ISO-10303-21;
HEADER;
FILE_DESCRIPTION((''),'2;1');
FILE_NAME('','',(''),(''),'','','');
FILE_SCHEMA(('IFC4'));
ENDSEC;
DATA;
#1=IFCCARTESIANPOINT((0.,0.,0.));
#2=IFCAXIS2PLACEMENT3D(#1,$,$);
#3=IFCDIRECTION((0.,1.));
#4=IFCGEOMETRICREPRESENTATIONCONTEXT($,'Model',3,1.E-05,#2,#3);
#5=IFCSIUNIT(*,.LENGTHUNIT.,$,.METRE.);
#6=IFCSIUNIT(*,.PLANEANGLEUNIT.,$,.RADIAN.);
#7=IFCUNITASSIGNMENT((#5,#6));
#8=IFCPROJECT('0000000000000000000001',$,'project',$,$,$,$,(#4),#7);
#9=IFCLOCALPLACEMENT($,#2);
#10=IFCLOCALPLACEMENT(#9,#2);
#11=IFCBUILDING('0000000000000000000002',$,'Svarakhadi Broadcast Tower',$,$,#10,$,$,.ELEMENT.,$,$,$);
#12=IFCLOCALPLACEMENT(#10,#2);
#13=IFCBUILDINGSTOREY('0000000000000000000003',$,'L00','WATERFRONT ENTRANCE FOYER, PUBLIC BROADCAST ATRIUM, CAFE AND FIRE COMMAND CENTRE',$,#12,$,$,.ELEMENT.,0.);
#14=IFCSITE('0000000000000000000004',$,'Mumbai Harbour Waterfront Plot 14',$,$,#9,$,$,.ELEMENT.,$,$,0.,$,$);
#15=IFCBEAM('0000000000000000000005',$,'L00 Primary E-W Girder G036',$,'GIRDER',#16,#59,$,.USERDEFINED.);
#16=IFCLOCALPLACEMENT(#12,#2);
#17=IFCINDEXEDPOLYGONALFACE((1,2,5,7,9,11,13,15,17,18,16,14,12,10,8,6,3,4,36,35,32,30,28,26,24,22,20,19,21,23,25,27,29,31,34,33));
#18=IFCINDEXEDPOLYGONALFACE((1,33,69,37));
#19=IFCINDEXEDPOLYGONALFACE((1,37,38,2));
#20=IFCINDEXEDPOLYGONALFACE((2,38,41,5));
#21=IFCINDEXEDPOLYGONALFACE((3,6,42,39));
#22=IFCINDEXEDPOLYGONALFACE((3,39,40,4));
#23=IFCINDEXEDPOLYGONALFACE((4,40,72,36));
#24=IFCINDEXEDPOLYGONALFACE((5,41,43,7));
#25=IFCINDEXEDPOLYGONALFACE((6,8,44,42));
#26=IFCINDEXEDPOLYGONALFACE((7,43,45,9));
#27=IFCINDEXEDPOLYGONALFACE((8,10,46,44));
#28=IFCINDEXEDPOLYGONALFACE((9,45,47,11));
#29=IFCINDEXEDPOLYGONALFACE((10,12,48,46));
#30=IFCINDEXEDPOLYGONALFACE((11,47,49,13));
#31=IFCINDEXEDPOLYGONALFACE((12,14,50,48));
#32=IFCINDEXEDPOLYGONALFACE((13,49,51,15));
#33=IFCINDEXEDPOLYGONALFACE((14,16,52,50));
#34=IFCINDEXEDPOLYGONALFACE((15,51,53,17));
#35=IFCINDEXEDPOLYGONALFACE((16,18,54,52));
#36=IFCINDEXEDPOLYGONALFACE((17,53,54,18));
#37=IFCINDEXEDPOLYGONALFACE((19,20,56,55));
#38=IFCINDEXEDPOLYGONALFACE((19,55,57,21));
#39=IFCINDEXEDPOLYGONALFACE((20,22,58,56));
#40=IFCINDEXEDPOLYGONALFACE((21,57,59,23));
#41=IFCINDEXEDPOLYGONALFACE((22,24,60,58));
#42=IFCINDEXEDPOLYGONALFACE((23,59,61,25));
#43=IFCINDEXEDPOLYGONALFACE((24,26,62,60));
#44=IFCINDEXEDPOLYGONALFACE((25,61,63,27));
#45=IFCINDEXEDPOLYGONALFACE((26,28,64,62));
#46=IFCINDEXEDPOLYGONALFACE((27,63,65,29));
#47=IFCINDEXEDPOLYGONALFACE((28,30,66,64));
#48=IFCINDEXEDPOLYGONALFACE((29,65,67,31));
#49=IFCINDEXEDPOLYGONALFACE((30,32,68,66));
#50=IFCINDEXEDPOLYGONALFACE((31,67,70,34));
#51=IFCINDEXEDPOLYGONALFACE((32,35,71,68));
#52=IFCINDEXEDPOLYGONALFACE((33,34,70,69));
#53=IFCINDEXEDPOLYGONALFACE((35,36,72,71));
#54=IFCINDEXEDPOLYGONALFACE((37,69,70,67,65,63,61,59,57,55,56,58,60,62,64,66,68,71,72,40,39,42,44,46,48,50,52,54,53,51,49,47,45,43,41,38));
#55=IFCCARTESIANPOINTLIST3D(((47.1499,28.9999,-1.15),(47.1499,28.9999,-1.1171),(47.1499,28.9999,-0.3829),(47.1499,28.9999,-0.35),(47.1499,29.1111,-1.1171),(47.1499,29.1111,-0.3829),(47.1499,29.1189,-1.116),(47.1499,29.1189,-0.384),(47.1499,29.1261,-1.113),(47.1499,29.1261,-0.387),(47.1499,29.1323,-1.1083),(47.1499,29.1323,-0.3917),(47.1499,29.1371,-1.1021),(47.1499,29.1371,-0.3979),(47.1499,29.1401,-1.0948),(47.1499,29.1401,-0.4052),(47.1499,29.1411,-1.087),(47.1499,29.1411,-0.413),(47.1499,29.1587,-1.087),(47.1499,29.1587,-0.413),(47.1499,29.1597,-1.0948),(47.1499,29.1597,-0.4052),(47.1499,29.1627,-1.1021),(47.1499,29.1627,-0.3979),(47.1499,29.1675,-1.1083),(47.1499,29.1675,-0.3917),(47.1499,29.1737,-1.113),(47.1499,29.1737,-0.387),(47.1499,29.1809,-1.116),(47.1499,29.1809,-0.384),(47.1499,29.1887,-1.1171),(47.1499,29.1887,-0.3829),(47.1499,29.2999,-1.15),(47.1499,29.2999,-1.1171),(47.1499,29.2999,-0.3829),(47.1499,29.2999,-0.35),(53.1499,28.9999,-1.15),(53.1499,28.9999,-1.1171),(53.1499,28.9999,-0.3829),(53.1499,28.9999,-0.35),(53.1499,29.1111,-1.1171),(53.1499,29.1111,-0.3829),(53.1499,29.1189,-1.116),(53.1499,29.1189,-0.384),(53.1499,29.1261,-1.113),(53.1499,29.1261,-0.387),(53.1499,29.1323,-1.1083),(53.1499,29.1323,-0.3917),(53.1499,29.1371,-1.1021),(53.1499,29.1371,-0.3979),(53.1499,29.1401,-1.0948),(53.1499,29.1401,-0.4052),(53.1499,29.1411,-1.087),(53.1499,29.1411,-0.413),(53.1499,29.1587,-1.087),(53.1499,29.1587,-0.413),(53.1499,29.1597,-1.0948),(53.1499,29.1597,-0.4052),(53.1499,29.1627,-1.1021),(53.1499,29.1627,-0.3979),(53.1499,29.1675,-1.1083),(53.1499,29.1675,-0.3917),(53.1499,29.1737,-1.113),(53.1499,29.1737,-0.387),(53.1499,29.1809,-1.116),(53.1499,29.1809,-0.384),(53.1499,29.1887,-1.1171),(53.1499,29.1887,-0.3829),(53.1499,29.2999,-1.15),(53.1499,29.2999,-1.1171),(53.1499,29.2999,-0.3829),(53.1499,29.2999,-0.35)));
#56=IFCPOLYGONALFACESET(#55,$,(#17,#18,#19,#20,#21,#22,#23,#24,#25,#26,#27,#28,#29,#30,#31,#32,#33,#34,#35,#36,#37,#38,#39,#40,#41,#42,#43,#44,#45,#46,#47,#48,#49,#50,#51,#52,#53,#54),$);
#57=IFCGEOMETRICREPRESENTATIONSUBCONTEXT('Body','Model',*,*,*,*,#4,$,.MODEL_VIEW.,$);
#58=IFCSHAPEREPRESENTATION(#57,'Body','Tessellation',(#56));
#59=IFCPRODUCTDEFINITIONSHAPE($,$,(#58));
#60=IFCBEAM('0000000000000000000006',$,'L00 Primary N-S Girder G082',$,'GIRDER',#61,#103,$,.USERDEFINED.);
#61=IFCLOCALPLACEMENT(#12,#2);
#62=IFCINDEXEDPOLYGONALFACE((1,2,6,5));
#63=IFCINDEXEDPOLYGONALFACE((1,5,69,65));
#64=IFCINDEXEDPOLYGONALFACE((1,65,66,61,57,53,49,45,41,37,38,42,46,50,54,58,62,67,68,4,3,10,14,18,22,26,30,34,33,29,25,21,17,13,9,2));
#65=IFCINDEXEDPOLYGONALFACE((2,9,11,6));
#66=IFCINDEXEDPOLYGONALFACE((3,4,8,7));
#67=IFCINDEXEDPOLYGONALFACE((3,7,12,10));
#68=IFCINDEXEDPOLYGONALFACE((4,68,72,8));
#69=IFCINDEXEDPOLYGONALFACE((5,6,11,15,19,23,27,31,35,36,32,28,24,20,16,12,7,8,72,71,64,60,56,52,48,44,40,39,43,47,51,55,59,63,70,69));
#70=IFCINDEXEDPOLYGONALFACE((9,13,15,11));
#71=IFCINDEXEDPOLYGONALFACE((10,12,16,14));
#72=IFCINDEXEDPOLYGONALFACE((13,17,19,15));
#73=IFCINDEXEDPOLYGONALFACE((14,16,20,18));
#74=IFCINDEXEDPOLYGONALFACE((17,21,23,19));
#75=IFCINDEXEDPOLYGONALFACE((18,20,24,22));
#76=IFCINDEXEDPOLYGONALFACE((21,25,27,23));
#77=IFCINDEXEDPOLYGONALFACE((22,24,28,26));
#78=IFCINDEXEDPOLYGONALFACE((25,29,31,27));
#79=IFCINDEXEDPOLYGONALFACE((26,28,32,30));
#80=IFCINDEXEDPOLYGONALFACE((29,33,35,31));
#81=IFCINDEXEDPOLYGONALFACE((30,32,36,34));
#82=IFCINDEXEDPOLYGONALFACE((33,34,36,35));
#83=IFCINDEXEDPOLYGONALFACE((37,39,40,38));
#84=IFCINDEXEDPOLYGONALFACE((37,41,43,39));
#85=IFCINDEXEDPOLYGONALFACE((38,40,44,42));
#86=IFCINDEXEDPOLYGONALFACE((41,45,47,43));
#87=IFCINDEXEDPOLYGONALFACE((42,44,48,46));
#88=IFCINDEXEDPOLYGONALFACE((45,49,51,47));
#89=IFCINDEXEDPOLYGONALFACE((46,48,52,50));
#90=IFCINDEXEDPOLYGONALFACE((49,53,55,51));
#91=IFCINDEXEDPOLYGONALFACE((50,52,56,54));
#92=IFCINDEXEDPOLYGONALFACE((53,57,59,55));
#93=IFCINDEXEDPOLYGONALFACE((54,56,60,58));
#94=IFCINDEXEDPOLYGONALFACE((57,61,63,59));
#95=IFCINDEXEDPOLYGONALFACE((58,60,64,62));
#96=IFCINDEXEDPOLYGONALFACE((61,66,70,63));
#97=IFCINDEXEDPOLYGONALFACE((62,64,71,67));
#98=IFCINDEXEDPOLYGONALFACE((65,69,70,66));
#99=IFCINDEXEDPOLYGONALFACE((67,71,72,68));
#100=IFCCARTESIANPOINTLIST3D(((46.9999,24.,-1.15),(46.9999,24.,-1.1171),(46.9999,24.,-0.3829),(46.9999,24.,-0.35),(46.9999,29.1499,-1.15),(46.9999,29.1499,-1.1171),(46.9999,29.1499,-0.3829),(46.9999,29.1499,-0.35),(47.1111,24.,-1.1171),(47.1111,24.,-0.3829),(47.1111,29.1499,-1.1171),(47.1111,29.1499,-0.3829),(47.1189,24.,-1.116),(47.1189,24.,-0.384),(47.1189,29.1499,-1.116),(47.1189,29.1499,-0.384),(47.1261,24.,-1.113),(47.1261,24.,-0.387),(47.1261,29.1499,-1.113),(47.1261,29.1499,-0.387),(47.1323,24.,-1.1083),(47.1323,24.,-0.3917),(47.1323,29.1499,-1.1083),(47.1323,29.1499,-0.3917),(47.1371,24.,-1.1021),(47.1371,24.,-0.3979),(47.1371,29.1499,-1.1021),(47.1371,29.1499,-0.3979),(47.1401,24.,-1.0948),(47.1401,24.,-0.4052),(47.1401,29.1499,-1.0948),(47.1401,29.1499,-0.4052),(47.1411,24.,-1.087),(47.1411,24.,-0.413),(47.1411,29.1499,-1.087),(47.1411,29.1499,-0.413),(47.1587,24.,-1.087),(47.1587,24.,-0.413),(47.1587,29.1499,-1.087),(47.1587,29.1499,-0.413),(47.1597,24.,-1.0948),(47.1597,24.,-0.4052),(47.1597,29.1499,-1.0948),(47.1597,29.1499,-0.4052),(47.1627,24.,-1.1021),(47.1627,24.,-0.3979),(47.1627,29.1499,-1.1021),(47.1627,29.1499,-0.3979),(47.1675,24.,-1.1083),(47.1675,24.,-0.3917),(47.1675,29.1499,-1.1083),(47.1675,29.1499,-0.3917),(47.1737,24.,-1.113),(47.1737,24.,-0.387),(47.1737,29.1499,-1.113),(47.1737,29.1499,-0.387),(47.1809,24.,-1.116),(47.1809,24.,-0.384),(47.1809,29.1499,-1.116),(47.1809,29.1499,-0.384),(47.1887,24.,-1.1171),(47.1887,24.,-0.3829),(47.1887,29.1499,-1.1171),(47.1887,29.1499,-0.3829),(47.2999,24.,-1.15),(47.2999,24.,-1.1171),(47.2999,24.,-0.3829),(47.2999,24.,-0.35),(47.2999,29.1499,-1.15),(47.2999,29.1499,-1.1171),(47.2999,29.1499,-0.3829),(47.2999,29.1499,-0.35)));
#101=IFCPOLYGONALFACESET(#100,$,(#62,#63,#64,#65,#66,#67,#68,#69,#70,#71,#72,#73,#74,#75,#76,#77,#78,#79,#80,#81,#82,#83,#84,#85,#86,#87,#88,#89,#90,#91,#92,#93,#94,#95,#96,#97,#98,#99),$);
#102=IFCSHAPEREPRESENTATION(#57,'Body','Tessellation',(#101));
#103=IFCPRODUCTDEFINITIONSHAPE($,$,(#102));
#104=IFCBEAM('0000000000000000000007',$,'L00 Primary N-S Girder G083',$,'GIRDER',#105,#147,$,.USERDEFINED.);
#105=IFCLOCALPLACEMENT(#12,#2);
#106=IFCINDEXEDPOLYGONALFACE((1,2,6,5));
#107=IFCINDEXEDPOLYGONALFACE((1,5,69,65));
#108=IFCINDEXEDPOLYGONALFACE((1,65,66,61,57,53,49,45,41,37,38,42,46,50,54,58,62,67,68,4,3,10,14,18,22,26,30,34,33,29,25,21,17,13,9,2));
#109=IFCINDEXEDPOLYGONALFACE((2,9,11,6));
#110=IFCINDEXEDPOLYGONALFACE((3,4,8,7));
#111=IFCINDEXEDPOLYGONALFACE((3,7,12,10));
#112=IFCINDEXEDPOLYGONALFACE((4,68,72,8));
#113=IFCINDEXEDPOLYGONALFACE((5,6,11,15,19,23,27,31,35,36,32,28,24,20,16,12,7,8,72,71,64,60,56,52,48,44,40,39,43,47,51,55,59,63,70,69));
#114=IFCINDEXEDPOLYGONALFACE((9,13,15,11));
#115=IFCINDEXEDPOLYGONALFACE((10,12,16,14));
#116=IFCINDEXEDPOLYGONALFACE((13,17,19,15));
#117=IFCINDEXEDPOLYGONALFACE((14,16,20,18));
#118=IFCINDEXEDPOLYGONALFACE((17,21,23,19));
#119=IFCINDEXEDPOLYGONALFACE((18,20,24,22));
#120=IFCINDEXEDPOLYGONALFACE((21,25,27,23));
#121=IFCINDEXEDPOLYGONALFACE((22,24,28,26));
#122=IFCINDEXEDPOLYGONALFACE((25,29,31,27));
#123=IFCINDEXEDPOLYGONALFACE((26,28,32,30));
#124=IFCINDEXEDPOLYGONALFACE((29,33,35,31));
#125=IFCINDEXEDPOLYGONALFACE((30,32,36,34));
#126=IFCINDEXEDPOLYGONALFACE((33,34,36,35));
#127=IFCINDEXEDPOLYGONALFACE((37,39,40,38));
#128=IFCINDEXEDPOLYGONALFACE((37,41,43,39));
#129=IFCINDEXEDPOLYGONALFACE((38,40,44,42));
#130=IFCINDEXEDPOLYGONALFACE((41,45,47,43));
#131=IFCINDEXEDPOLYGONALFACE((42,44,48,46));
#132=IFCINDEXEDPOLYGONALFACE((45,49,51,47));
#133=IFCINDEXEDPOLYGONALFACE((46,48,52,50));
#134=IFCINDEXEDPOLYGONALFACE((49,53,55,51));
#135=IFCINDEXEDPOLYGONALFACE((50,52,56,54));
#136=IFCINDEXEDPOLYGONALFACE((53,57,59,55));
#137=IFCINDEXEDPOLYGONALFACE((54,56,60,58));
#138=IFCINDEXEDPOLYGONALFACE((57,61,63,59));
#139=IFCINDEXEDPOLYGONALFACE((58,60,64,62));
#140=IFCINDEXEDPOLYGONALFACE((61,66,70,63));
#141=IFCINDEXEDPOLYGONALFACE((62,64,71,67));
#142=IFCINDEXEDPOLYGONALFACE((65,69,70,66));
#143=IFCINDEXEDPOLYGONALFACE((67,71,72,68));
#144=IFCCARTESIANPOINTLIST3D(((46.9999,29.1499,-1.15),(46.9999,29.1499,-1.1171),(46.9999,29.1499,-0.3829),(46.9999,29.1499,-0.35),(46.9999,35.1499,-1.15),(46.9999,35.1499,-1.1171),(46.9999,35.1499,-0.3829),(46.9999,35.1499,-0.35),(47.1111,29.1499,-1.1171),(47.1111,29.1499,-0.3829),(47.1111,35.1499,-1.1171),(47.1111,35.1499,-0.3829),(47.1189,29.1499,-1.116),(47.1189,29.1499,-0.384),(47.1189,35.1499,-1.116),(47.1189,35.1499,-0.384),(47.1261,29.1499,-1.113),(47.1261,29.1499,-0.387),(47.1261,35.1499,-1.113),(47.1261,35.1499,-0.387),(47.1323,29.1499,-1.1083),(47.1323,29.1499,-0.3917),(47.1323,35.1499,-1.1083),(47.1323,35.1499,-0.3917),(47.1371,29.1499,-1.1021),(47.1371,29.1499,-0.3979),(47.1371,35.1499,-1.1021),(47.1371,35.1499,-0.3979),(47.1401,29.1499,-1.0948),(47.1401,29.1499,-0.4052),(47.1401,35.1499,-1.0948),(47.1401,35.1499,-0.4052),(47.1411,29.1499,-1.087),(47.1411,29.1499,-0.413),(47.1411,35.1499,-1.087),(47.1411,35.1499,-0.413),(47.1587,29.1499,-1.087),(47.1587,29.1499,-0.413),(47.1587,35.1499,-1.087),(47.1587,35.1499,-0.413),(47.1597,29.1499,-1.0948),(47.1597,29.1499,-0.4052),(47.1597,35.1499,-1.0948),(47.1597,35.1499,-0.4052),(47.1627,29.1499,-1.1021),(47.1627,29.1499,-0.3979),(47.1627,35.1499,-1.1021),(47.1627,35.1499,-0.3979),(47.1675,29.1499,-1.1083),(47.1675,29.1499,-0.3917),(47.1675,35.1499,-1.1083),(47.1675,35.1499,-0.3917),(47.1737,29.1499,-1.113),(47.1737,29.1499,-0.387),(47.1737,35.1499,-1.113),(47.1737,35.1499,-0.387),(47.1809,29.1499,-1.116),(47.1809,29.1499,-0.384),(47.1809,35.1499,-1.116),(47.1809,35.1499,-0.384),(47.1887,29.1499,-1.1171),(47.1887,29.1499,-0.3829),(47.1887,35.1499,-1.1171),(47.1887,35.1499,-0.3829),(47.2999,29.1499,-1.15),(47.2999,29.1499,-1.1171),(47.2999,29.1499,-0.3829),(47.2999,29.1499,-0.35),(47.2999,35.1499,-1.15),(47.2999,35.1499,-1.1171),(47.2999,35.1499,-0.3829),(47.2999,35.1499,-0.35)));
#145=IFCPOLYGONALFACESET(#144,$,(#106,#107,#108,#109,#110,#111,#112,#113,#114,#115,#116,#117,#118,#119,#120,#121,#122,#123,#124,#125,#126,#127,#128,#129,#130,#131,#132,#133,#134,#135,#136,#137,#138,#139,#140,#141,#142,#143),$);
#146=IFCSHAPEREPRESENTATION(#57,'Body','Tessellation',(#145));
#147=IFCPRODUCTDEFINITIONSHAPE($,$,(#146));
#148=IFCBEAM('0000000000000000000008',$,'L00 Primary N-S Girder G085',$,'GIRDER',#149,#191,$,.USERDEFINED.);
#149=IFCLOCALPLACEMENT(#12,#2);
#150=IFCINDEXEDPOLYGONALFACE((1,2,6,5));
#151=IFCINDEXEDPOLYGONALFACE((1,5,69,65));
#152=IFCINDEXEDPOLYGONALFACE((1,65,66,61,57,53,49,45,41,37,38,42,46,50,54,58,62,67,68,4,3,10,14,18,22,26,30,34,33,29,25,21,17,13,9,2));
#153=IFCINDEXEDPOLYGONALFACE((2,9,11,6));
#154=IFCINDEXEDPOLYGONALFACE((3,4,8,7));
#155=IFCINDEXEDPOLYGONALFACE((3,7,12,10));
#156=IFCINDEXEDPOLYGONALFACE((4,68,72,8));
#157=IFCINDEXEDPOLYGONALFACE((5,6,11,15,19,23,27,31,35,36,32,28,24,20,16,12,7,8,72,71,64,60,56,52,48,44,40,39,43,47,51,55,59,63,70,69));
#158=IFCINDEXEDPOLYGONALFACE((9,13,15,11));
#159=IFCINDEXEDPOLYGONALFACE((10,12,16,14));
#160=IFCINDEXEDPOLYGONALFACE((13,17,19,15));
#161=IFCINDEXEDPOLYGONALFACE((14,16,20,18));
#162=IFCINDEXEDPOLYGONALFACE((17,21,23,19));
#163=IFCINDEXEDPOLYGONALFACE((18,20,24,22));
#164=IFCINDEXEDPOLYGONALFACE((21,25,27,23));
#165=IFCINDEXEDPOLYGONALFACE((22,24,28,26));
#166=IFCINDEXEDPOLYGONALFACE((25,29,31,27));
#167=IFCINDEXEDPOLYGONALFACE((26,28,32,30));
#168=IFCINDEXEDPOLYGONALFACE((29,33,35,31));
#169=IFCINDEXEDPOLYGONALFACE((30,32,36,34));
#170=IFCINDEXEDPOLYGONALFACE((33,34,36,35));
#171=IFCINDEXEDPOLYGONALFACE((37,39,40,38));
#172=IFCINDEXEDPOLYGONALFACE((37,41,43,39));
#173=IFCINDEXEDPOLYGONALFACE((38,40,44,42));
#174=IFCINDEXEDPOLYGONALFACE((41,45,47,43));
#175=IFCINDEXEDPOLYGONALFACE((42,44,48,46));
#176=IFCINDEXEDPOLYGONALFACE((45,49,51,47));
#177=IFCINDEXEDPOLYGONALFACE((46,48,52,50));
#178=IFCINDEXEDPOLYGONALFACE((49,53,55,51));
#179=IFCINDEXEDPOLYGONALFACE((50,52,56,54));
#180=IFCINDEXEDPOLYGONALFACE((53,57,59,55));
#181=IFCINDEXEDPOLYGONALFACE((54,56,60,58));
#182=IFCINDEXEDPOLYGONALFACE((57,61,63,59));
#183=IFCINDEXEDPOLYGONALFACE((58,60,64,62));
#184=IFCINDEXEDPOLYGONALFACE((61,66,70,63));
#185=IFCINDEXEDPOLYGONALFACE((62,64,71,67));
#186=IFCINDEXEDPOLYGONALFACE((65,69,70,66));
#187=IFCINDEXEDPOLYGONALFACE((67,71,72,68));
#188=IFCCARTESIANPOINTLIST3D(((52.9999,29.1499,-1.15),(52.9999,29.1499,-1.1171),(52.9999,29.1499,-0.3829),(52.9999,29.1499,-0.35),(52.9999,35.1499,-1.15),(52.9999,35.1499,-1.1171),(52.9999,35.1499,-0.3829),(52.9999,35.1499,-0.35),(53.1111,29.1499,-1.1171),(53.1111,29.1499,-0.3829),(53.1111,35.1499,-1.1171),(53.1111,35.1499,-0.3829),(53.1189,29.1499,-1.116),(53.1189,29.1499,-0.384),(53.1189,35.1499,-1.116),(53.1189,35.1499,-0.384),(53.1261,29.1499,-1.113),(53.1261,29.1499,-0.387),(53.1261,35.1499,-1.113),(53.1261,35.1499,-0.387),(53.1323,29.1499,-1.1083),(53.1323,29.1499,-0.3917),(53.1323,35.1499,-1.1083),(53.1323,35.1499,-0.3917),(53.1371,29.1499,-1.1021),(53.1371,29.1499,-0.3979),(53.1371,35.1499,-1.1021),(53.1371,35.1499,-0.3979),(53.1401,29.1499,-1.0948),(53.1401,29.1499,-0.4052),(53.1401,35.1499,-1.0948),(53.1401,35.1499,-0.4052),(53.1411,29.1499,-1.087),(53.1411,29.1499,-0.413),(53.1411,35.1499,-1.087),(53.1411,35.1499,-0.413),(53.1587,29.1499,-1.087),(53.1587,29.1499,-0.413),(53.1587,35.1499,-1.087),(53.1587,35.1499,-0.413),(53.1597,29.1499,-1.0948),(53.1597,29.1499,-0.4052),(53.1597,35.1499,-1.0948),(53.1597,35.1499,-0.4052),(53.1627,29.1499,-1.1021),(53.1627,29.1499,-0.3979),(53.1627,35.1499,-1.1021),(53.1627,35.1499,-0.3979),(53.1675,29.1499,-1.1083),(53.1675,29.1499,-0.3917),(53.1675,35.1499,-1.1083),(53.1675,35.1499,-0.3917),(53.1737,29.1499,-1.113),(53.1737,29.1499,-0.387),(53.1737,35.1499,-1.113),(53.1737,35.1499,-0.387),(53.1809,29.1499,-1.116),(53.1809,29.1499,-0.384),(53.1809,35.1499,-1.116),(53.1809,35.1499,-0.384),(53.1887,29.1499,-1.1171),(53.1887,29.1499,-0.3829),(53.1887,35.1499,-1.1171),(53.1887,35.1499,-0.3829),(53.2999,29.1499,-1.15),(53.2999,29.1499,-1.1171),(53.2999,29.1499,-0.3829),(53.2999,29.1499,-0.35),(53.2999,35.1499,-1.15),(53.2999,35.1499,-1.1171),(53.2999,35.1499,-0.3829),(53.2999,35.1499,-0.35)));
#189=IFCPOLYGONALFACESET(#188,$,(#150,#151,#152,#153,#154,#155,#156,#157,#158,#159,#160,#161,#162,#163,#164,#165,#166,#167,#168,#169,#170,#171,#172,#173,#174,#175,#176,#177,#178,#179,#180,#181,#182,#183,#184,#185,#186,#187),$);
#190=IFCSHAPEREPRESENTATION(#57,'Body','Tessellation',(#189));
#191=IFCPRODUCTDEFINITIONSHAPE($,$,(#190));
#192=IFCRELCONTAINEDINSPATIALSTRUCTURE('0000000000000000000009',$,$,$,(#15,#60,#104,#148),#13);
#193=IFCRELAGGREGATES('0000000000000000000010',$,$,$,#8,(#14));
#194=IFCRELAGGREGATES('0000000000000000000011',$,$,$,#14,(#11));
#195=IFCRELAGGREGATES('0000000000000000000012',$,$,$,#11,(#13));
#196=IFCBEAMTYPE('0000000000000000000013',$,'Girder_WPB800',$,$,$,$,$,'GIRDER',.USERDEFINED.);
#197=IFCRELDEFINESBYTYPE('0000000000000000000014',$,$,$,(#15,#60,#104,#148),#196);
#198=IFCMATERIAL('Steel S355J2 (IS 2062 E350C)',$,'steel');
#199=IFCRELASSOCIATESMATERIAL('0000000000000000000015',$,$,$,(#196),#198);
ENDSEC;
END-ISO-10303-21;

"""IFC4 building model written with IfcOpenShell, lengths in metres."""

from ifc_helpers import new_model, si_unit, direction, frame, origin, origin_2d, place, context, subcontext, project, spatial, i_section, extrude, material, material_profile, profile_set, type_object, element, save


model = new_model("IFC4")

# Units and contexts
model_context = context("Model", 3, precision=1e-05, world=origin(), true_north=direction((0.0, 1.0)))
body_context = subcontext(model_context, "Body", "Model", "MODEL_VIEW")
ifc_project = project(units=[si_unit("LENGTHUNIT", "METRE"), si_unit("PLANEANGLEUNIT", "RADIAN")], contexts=[model_context])

# Site, building, storey
site_placement = place(None, origin())
site = spatial("IfcSite", under=ifc_project, at=site_placement, Name="Mumbai Harbour Waterfront Plot 14", CompositionType="ELEMENT", RefElevation=0.0)
building_placement = place(site_placement, origin())
building = spatial("IfcBuilding", under=site, at=building_placement, Name="Svarakhadi Broadcast Tower", CompositionType="ELEMENT")
storey_placement = place(building_placement, origin())
storey = spatial("IfcBuildingStorey", under=building, at=storey_placement, Name="L00", Description="WATERFRONT ENTRANCE FOYER, PUBLIC BROADCAST ATRIUM, CAFE AND FIRE COMMAND CENTRE", CompositionType="ELEMENT", Elevation=0.0)

# Shared definitions
ifc_material_1 = material(Name="Steel S355J2 (IS 2062 E350C)", Category="steel")

# Beams
ifc_material_profile_1 = material_profile(ifc_material_1, i_section(OverallWidth=0.3, OverallDepth=0.8, WebThickness=0.0176, FlangeThickness=0.033, FilletRadius=0.03, at=origin_2d()), Name="WPB 800x300x262")
ifc_profile_set_1 = profile_set([ifc_material_profile_1], Name="Steel S355J2 (IS 2062 E350C)")
beam_type_1 = type_object("IfcBeamType", Name="Girder_WPB800", ElementType="GIRDER", PredefinedType="USERDEFINED", material=ifc_profile_set_1)
beam_1_placement = place(storey_placement, frame((47.1499, 29.1499, -0.75), z_axis=(1.0, 0.0, 0.0), x_axis=(0.0, 1.0, 0.0)))
element("IfcBeam", 1, at=beam_1_placement, inside=storey, type_object=beam_type_1, Name="L00 Primary E-W Girder G036", ObjectType="GIRDER", PredefinedType="USERDEFINED", context=body_context, shape_type="SweptSolid", body=[
    extrude(i_section(OverallWidth=0.3, OverallDepth=0.8, WebThickness=0.0176, FlangeThickness=0.033, FilletRadius=0.03, at=origin_2d()), origin(), (0.0, 0.0, 1.0), 6.0),
])
beam_2_placement = place(storey_placement, frame((47.1499, 24.0, -0.75), z_axis=(0.0, 1.0, 0.0), x_axis=(-1.0, 0.0, 0.0)))
element("IfcBeam", 2, at=beam_2_placement, inside=storey, type_object=beam_type_1, Name="L00 Primary N-S Girder G082", ObjectType="GIRDER", PredefinedType="USERDEFINED", context=body_context, shape_type="SweptSolid", body=[
    extrude(i_section(OverallWidth=0.3, OverallDepth=0.8, WebThickness=0.0176, FlangeThickness=0.033, FilletRadius=0.03, at=origin_2d()), origin(), (0.0, 0.0, 1.0), 5.1499),
])
for number, where, z_axis, x_axis, name in (
    (3, (47.1499, 29.1499, -0.75), (0.0, 1.0, 0.0), (-1.0, 0.0, 0.0), "L00 Primary N-S Girder G083"),
    (4, (53.1499, 29.1499, -0.75), (0.0, 1.0, 0.0), (-1.0, 0.0, 0.0), "L00 Primary N-S Girder G085"),
):
    element("IfcBeam", number, at=place(storey_placement, frame(where, z_axis=z_axis, x_axis=x_axis)), inside=storey, type_object=beam_type_1, Name=name, ObjectType="GIRDER", PredefinedType="USERDEFINED", context=body_context, shape_type="SweptSolid", body=[
        extrude(i_section(OverallWidth=0.3, OverallDepth=0.8, WebThickness=0.0176, FlangeThickness=0.033, FilletRadius=0.03, at=origin_2d()), origin(), (0.0, 0.0, 1.0), 6.0),
    ])

save(model, "model.ifc")
